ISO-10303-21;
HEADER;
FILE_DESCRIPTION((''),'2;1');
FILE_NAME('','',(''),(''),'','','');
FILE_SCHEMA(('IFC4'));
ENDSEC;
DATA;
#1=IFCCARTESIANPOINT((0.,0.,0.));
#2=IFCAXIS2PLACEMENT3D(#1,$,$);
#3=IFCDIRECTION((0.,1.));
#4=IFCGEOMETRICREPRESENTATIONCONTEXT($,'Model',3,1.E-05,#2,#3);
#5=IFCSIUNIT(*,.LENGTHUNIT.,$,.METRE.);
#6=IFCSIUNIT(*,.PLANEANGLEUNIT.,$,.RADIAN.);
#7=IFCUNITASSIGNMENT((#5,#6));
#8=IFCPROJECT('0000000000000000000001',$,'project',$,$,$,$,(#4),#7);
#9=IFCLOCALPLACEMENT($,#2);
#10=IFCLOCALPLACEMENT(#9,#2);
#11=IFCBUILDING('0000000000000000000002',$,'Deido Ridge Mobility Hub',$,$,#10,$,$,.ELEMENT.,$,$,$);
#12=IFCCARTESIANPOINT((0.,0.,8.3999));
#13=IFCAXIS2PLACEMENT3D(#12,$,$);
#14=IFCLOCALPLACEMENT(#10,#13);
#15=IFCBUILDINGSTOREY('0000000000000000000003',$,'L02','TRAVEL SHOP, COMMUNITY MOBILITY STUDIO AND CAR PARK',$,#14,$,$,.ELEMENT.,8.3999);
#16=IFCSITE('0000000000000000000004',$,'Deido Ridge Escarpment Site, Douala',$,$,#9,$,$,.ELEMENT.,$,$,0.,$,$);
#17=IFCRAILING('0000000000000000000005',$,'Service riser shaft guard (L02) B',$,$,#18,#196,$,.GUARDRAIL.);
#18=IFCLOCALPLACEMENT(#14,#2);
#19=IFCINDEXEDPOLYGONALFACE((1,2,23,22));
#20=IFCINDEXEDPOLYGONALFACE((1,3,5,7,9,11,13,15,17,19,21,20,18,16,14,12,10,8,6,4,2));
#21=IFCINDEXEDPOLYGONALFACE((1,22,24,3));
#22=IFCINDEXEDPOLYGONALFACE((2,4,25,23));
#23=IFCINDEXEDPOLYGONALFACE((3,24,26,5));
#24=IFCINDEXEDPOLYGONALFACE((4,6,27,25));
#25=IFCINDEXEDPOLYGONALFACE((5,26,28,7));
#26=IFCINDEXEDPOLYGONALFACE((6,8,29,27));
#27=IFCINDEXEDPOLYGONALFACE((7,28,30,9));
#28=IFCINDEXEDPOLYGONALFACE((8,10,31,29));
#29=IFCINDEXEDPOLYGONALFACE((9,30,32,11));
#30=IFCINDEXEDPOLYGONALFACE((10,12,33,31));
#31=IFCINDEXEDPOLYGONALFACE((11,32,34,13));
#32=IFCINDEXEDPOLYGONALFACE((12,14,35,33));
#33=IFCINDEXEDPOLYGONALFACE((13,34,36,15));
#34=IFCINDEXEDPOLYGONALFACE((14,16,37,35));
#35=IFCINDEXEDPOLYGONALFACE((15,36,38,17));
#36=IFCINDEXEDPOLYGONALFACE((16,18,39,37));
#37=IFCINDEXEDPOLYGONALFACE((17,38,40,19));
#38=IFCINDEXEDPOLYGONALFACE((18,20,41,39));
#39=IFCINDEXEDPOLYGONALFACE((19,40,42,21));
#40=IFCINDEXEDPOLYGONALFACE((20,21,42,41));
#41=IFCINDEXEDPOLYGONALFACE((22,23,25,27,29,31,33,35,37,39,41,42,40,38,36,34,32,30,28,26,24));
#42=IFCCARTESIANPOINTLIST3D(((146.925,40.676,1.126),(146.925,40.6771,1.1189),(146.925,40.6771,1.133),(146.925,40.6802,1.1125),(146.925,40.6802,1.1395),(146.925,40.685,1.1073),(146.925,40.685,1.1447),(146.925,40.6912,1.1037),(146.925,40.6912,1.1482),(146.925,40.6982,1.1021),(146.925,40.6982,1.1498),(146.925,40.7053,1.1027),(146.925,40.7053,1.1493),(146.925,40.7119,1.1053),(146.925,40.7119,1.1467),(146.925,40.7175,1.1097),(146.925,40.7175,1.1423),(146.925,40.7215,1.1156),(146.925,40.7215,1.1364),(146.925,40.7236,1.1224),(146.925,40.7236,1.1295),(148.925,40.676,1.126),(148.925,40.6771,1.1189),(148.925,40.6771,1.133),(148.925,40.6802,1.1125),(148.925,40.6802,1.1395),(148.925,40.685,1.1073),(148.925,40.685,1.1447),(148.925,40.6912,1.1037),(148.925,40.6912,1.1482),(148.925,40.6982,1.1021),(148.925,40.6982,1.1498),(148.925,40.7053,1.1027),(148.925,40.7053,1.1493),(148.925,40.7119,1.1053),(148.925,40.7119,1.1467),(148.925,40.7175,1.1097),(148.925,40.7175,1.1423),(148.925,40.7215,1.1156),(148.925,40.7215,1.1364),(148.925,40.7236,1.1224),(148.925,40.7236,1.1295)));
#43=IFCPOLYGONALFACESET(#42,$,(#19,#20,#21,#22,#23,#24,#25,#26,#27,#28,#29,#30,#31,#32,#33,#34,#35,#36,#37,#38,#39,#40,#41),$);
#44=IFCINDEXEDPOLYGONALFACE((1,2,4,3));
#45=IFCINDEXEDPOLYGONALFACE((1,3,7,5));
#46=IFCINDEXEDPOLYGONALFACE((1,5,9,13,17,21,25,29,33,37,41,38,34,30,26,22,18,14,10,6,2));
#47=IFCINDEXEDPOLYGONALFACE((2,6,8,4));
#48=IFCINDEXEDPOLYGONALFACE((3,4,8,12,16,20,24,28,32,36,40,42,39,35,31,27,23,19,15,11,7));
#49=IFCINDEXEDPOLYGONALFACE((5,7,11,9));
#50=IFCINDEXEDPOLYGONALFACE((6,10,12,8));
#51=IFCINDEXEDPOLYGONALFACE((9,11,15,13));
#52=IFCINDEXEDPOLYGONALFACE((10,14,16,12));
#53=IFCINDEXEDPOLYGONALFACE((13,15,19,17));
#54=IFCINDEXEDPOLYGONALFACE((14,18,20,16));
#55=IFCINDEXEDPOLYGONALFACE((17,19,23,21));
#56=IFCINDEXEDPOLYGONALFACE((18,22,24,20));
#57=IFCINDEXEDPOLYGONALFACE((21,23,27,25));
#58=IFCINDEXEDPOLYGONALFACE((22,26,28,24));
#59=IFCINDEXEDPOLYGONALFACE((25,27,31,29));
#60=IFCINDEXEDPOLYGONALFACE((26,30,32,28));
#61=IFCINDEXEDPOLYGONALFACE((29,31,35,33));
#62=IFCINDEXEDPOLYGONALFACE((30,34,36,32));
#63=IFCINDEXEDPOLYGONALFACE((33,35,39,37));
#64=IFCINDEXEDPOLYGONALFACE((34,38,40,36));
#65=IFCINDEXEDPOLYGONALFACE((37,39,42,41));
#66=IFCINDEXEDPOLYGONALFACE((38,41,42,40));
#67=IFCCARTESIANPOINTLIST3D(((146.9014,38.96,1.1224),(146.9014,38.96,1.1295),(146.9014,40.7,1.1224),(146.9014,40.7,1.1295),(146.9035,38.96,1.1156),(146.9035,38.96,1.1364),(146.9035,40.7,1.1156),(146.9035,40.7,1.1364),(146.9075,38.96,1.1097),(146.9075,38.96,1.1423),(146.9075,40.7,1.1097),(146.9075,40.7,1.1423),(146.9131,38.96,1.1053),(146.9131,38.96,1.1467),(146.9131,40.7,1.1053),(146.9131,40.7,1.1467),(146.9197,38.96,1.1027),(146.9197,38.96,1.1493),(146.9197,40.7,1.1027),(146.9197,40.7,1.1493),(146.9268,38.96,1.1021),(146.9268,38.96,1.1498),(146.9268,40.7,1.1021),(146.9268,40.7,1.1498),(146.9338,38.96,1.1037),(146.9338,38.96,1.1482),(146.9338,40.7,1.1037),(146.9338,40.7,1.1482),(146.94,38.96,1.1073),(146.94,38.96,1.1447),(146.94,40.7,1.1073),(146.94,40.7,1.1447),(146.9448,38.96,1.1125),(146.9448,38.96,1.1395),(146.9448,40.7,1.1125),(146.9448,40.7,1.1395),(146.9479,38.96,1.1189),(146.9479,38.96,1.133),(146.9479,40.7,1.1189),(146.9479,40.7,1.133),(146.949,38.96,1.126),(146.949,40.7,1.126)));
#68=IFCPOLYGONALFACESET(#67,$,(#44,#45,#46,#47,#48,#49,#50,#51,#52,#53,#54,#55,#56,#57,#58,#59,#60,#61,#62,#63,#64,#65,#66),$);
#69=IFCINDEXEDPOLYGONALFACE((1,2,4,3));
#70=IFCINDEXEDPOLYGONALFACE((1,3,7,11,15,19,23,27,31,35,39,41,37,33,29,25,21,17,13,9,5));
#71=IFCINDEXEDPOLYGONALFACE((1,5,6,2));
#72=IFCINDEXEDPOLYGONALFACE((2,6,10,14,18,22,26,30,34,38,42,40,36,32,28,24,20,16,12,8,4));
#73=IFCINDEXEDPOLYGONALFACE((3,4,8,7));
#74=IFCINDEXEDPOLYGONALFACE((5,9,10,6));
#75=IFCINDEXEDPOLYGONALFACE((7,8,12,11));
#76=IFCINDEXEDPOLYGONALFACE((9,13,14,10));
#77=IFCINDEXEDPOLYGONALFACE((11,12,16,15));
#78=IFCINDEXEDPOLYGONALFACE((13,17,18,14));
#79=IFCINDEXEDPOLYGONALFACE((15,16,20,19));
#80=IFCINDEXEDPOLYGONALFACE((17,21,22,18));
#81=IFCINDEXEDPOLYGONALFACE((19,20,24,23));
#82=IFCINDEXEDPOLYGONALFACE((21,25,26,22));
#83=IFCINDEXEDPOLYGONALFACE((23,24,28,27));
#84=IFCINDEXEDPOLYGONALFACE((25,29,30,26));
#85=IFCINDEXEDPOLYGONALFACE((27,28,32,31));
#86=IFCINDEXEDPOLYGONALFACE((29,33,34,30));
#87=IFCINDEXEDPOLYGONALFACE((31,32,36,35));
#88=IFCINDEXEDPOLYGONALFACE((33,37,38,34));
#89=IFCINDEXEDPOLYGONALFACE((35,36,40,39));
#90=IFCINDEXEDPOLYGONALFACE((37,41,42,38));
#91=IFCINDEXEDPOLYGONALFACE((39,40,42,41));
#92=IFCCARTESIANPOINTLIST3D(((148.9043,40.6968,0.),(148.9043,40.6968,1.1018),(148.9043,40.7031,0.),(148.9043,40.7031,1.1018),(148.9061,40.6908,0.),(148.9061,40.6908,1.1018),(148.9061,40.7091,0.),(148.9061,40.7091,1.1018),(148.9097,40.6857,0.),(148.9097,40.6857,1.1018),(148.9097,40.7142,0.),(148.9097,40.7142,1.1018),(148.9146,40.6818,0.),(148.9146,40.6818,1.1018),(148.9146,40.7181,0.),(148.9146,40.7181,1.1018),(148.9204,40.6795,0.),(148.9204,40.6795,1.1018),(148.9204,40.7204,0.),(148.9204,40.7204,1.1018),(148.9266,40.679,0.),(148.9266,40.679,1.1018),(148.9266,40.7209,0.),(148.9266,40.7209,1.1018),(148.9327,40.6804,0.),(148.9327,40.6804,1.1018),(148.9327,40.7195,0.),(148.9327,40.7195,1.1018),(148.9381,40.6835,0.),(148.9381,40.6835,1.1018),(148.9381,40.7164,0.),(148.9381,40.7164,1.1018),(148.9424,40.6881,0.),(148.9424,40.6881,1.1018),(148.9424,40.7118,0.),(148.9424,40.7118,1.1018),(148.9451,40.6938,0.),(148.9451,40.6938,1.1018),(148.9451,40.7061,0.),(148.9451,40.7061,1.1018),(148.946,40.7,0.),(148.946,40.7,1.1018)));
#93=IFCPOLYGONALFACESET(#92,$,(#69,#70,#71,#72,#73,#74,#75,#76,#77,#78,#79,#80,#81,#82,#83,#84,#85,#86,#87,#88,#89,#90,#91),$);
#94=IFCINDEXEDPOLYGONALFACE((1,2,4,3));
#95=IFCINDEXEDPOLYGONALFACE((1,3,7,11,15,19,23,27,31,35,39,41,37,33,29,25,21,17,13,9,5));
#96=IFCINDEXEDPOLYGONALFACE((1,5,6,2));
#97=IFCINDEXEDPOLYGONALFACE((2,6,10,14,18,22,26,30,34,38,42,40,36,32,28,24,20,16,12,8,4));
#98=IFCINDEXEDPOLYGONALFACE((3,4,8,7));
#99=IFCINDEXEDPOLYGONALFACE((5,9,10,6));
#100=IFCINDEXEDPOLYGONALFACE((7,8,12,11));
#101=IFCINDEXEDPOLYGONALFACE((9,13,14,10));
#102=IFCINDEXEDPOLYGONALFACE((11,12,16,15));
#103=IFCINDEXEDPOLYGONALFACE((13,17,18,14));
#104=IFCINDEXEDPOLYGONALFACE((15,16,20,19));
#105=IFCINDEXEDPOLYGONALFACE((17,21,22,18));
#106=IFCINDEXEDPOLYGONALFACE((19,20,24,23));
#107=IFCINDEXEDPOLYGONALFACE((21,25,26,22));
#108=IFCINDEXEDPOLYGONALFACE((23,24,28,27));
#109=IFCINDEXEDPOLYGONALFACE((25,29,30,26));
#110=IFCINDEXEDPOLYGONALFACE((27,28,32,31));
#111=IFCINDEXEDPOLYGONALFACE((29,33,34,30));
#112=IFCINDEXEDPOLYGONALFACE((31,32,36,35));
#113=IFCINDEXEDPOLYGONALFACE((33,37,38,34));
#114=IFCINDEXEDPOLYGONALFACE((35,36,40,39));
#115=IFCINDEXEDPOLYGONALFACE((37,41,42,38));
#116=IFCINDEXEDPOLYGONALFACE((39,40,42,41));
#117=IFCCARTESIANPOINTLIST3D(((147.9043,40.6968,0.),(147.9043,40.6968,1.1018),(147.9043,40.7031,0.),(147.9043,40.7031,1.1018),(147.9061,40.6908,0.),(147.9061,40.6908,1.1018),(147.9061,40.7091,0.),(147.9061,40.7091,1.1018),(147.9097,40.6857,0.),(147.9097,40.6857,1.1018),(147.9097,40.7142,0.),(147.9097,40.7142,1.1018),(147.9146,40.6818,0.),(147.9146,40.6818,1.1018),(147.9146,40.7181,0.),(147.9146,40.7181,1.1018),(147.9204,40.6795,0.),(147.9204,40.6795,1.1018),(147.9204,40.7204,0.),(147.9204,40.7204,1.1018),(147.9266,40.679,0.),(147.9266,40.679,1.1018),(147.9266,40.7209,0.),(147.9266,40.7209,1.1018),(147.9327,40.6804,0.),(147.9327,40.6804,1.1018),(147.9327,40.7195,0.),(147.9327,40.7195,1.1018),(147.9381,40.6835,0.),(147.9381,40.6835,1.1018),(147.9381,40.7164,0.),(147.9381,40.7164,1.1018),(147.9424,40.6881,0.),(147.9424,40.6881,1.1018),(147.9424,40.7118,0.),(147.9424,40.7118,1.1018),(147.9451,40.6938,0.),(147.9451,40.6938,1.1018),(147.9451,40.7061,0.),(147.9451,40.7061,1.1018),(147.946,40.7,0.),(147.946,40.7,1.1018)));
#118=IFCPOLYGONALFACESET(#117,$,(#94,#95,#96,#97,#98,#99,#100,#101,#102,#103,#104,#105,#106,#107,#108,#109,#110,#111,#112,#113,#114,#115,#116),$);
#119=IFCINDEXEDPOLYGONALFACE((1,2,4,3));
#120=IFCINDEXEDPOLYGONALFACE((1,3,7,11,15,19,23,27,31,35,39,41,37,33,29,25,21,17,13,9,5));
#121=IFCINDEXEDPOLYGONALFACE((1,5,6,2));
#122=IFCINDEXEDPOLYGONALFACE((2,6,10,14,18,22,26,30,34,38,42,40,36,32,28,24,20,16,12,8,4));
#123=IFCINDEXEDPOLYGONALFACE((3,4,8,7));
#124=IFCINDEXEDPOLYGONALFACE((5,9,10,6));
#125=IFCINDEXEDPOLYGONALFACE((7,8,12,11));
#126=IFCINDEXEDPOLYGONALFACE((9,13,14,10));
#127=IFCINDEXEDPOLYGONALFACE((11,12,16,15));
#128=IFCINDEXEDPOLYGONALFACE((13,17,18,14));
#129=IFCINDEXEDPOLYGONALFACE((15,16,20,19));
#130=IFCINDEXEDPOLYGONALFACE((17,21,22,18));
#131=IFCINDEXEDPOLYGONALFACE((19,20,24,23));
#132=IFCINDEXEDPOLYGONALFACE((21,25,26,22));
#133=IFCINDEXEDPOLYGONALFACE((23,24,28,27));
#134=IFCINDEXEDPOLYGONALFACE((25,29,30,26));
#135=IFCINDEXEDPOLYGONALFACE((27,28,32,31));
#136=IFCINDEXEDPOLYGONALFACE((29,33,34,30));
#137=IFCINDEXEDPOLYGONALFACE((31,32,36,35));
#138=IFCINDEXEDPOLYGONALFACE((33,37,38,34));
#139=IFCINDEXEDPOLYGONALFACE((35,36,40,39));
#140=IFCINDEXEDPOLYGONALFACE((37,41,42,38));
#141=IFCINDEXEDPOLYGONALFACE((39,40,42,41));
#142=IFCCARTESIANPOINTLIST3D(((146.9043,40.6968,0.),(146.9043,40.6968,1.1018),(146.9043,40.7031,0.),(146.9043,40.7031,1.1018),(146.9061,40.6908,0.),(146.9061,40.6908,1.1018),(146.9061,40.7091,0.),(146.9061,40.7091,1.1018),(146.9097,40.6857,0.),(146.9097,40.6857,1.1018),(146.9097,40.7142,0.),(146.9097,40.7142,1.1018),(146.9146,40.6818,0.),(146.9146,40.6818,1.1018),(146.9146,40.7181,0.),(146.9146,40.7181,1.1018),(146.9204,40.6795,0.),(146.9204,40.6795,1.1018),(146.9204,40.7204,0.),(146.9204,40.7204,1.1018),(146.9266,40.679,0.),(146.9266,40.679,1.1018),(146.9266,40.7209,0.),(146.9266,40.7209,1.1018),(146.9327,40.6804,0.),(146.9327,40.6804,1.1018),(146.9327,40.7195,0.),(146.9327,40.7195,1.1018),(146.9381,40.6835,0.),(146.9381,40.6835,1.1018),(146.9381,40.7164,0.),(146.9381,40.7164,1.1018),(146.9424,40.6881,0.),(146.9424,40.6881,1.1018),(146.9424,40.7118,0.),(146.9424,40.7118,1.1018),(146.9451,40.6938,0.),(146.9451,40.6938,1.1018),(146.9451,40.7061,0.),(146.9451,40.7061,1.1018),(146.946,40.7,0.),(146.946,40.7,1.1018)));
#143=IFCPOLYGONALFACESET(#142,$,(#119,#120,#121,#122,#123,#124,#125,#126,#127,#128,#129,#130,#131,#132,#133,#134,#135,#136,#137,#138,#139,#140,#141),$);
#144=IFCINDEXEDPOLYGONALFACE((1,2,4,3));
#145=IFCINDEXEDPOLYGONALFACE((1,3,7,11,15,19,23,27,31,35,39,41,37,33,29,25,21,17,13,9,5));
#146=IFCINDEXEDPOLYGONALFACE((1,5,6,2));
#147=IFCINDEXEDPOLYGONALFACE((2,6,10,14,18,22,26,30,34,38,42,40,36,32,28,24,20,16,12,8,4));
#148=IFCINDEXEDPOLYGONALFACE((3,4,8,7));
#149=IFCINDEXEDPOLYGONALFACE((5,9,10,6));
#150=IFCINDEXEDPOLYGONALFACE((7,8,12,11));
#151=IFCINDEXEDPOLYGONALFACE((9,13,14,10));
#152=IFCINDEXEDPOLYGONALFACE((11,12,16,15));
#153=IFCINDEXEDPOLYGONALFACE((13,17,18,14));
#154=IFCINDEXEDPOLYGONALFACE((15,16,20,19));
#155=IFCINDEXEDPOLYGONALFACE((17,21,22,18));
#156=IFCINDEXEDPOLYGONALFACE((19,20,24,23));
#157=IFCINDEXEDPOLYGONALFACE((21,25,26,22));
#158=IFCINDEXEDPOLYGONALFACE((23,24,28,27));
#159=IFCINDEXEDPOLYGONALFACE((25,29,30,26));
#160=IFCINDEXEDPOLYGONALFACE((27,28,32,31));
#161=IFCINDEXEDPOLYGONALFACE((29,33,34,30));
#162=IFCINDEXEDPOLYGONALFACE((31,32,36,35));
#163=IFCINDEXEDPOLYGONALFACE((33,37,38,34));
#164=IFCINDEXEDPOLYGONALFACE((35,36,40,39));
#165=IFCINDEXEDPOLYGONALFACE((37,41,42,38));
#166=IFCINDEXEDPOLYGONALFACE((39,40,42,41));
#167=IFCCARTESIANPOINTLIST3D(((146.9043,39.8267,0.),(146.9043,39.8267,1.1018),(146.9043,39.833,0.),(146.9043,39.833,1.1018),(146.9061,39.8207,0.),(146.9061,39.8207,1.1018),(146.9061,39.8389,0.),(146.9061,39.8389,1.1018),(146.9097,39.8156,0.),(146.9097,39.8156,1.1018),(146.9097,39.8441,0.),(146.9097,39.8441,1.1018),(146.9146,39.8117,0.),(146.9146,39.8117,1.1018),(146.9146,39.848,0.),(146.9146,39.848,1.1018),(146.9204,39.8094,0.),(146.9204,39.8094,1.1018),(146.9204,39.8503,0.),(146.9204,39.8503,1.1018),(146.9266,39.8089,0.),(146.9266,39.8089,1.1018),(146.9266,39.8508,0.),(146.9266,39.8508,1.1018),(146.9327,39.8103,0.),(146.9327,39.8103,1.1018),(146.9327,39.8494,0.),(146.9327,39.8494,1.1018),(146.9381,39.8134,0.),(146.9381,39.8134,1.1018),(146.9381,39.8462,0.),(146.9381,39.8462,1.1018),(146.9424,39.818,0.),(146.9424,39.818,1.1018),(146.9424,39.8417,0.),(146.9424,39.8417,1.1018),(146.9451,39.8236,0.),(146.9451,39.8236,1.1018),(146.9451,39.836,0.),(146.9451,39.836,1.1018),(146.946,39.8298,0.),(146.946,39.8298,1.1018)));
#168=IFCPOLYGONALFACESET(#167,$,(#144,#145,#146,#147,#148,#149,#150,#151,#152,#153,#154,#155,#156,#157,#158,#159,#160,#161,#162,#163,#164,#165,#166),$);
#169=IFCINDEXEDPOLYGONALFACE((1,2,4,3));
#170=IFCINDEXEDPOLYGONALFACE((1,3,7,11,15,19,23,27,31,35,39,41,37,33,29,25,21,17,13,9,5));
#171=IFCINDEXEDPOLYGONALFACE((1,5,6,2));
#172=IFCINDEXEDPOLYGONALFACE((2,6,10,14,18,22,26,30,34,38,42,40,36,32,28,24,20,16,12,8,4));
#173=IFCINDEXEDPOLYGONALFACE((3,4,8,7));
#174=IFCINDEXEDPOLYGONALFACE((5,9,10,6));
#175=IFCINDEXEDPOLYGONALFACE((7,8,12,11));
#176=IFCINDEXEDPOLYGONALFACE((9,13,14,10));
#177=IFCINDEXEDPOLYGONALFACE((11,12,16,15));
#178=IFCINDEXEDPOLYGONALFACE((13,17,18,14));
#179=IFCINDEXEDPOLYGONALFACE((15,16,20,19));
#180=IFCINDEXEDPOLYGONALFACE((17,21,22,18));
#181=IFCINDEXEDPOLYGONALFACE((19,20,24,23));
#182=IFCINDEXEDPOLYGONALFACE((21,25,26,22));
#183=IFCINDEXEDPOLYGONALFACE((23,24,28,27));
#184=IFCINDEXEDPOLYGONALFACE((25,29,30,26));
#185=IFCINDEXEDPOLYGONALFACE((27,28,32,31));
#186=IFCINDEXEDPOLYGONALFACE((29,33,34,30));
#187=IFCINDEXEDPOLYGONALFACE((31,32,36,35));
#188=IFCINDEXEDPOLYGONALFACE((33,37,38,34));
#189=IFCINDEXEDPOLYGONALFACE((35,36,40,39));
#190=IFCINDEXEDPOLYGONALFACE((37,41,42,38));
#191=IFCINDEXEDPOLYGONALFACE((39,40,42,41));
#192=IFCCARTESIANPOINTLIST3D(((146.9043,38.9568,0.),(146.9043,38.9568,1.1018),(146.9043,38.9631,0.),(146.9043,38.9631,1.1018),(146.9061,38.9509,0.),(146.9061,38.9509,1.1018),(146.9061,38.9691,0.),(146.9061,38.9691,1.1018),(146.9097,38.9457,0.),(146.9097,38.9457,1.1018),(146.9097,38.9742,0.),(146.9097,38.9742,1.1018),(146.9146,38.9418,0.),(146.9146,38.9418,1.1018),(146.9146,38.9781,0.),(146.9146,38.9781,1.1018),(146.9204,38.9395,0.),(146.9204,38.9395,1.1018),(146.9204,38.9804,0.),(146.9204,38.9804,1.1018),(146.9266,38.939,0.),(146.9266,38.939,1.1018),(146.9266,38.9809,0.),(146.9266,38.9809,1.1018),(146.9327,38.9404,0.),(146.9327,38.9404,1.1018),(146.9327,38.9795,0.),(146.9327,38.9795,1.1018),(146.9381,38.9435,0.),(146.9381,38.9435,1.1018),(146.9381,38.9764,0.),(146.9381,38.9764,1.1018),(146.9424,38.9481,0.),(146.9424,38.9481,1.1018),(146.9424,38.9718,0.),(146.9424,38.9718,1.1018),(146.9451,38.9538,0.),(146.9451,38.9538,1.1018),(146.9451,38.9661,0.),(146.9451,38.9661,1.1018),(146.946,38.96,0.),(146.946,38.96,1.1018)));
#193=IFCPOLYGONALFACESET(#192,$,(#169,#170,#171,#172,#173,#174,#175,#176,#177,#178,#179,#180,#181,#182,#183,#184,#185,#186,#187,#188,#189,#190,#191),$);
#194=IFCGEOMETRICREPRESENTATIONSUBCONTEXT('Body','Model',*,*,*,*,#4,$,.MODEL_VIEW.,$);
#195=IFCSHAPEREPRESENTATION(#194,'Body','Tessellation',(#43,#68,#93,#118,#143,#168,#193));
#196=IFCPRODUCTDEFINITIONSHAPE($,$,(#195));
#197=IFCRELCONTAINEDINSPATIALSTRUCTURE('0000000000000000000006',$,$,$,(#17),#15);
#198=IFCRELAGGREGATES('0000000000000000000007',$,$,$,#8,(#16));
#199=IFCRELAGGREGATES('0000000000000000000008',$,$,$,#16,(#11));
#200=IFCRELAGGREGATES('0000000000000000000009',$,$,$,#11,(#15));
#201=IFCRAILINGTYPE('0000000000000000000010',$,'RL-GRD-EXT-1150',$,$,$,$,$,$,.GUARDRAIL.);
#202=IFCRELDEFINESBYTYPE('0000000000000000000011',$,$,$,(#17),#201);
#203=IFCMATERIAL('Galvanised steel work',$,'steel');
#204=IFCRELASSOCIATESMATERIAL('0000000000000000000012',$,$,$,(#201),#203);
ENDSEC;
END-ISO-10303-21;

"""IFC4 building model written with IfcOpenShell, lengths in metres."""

from ifc_helpers import new_model, si_unit, direction, frame, origin, origin_2d, place, context, subcontext, project, spatial, circle, extrude, material, type_object, element, save


model = new_model("IFC4")

# Units and contexts
model_context = context("Model", 3, precision=1e-05, world=origin(), true_north=direction((0.0, 1.0)))
body_context = subcontext(model_context, "Body", "Model", "MODEL_VIEW")
ifc_project = project(units=[si_unit("LENGTHUNIT", "METRE"), si_unit("PLANEANGLEUNIT", "RADIAN")], contexts=[model_context])

# Site, building, storey
site_placement = place(None, origin())
site = spatial("IfcSite", under=ifc_project, at=site_placement, Name="Deido Ridge Escarpment Site, Douala", CompositionType="ELEMENT", RefElevation=0.0)
building_placement = place(site_placement, origin())
building = spatial("IfcBuilding", under=site, at=building_placement, Name="Deido Ridge Mobility Hub", CompositionType="ELEMENT")
storey_placement = place(building_placement, frame((0.0, 0.0, 8.3999)))
storey = spatial("IfcBuildingStorey", under=building, at=storey_placement, Name="L02", Description="TRAVEL SHOP, COMMUNITY MOBILITY STUDIO AND CAR PARK", CompositionType="ELEMENT", Elevation=8.3999)

# Railing
ifc_material_1 = material(Name="Galvanised steel work", Category="steel")
railing_type = type_object("IfcRailingType", Name="RL-GRD-EXT-1150", PredefinedType="GUARDRAIL", material=ifc_material_1)
railing_1_placement = place(storey_placement, frame((148.925, 40.7, 0.0)))
element("IfcRailing", 1, at=railing_1_placement, inside=storey, type_object=railing_type, Name="Service riser shaft guard (L02) B", PredefinedType="GUARDRAIL", context=body_context, shape_type="SweptSolid", body=[
    extrude(circle(Radius=0.0239, at=origin_2d()), frame((0.0, 0.0, 1.126), z_axis=(-1.0, 0.0, 0.0), x_axis=(0.0, -1.0, 0.0)), (0.0, 0.0, 1.0), 2.0),
    extrude(circle(Radius=0.0239, at=origin_2d()), frame((-2.0, 0.0, 1.126), z_axis=(0.0, -1.0, 0.0), x_axis=(1.0, 0.0, 0.0)), (0.0, 0.0, 1.0), 1.74),
    extrude(circle(Radius=0.021, at=origin_2d()), origin(), (0.0, 0.0, 1.0), 1.1018),
    extrude(circle(Radius=0.021, at=origin_2d()), frame((-1.0, 0.0, 0.0)), (0.0, 0.0, 1.0), 1.1018),
    extrude(circle(Radius=0.021, at=origin_2d()), frame((-2.0, 0.0, 0.0)), (0.0, 0.0, 1.0), 1.1018),
    extrude(circle(Radius=0.021, at=origin_2d()), frame((-2.0, -0.8701, 0.0)), (0.0, 0.0, 1.0), 1.1018),
    extrude(circle(Radius=0.021, at=origin_2d()), frame((-2.0, -1.74, 0.0)), (0.0, 0.0, 1.0), 1.1018),
])

save(model, "model.ifc")
